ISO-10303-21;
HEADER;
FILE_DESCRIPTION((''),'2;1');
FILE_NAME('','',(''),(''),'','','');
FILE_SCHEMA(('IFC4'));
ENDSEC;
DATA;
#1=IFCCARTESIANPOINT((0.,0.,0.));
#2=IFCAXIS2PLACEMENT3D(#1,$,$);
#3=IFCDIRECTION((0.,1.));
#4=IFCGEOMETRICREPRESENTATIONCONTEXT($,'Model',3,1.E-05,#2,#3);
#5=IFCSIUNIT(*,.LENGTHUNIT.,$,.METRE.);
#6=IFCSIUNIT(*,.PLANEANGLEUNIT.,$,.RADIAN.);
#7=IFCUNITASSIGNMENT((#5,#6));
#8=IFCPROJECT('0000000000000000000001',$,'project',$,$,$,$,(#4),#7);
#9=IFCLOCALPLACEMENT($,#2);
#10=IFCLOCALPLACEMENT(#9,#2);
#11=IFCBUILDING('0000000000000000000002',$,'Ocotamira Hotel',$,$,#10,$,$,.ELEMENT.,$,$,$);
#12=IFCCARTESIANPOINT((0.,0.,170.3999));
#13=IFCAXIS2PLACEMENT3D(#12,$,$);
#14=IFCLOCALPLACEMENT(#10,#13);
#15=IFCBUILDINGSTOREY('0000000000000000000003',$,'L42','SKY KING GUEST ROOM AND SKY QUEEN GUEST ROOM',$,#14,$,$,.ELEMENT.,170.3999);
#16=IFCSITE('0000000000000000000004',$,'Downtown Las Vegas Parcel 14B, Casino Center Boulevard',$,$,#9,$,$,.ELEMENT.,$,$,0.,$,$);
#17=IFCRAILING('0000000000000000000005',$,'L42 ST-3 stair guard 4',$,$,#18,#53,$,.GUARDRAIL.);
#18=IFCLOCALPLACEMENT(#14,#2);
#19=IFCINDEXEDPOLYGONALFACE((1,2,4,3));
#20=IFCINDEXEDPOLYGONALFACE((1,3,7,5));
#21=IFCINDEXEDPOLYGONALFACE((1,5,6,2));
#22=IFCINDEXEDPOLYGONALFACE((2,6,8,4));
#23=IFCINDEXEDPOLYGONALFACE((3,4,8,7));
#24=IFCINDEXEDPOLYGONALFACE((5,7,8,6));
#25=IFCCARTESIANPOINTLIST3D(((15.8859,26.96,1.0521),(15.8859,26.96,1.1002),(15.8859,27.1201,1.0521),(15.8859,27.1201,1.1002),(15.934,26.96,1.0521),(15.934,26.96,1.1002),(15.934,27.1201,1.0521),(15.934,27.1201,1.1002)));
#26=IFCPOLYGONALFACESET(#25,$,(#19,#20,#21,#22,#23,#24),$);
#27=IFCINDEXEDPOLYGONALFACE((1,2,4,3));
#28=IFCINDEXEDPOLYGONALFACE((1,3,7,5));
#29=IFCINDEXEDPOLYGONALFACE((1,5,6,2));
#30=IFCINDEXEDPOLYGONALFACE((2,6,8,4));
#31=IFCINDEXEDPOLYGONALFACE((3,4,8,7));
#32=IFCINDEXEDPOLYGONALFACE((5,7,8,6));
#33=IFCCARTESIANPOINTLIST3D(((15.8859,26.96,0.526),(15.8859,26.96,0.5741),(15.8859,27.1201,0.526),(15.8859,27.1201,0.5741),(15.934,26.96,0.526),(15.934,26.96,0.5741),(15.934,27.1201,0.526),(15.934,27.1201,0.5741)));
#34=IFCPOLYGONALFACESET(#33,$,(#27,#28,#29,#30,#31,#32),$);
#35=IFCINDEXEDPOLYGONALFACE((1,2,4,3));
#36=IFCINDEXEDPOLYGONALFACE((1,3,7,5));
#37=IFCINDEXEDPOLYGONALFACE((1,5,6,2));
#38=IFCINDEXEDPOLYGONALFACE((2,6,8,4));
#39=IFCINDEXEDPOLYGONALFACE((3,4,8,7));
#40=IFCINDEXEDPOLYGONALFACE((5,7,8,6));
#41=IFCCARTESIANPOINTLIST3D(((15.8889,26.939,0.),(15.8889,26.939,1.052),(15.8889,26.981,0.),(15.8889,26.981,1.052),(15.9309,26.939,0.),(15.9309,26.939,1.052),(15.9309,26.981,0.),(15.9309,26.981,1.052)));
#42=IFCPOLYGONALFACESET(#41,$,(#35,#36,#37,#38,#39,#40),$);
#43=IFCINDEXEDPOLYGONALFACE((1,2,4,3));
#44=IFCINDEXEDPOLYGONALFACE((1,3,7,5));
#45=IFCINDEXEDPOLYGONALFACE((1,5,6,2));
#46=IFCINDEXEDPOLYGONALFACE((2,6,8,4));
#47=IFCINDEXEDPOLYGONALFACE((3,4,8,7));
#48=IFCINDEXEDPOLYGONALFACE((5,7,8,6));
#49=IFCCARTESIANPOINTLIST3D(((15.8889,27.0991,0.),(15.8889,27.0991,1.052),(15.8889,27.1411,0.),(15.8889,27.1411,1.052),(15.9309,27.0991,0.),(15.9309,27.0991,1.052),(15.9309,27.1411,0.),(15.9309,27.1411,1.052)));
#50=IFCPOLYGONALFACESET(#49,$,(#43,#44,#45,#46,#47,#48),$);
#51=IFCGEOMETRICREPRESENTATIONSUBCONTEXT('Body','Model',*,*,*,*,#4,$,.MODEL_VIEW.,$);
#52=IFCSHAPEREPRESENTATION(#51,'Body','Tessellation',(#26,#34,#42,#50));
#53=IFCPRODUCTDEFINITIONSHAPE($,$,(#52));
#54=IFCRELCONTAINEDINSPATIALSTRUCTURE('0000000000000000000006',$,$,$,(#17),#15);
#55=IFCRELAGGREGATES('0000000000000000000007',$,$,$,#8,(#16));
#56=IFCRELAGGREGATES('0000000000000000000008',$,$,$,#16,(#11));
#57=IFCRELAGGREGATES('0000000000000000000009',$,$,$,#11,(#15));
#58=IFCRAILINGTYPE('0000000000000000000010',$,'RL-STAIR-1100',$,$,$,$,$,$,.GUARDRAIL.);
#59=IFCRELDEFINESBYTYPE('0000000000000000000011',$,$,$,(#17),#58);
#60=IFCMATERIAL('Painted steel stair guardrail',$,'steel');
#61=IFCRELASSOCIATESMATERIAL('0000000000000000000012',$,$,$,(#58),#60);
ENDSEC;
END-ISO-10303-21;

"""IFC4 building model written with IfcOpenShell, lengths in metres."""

from ifc_helpers import new_model, si_unit, direction, frame, origin, origin_2d, place, context, subcontext, project, spatial, rectangle, extrude, material, type_object, element, save


model = new_model("IFC4")

# Units and contexts
model_context = context("Model", 3, precision=1e-05, world=origin(), true_north=direction((0.0, 1.0)))
body_context = subcontext(model_context, "Body", "Model", "MODEL_VIEW")
ifc_project = project(units=[si_unit("LENGTHUNIT", "METRE"), si_unit("PLANEANGLEUNIT", "RADIAN")], contexts=[model_context])

# Site, building, storey
site_placement = place(None, origin())
site = spatial("IfcSite", under=ifc_project, at=site_placement, Name="Downtown Las Vegas Parcel 14B, Casino Center Boulevard", CompositionType="ELEMENT", RefElevation=0.0)
building_placement = place(site_placement, origin())
building = spatial("IfcBuilding", under=site, at=building_placement, Name="Ocotamira Hotel", CompositionType="ELEMENT")
storey_placement = place(building_placement, frame((0.0, 0.0, 170.3999)))
storey = spatial("IfcBuildingStorey", under=building, at=storey_placement, Name="L42", Description="SKY KING GUEST ROOM AND SKY QUEEN GUEST ROOM", CompositionType="ELEMENT", Elevation=170.3999)

# Railing
ifc_material_1 = material(Name="Painted steel stair guardrail", Category="steel")
railing_type_1 = type_object("IfcRailingType", Name="RL-STAIR-1100", PredefinedType="GUARDRAIL", material=ifc_material_1)
railing_1_placement = place(storey_placement, frame((15.9099, 26.96, 0.0)))
element("IfcRailing", 1, at=railing_1_placement, inside=storey, type_object=railing_type_1, Name="L42 ST-3 stair guard 4", PredefinedType="GUARDRAIL", context=body_context, shape_type="SweptSolid", body=[
    extrude(rectangle(XDim=0.0481, YDim=0.0481, at=origin_2d()), frame((0.0, 0.0, 1.0762), z_axis=(0.0, 1.0, 0.0), x_axis=(-1.0, 0.0, 0.0)), (0.0, 0.0, 1.0), 0.1602),
    extrude(rectangle(XDim=0.0481, YDim=0.0481, at=origin_2d()), frame((0.0, 0.0, 0.55), z_axis=(0.0, 1.0, 0.0), x_axis=(-1.0, 0.0, 0.0)), (0.0, 0.0, 1.0), 0.1602),
    extrude(rectangle(XDim=0.042, YDim=0.042, at=origin_2d()), origin(), (0.0, 0.0, 1.0), 1.052),
    extrude(rectangle(XDim=0.042, YDim=0.042, at=origin_2d()), frame((0.0, 0.1602, 0.0)), (0.0, 0.0, 1.0), 1.052),
])

save(model, "model.ifc")
